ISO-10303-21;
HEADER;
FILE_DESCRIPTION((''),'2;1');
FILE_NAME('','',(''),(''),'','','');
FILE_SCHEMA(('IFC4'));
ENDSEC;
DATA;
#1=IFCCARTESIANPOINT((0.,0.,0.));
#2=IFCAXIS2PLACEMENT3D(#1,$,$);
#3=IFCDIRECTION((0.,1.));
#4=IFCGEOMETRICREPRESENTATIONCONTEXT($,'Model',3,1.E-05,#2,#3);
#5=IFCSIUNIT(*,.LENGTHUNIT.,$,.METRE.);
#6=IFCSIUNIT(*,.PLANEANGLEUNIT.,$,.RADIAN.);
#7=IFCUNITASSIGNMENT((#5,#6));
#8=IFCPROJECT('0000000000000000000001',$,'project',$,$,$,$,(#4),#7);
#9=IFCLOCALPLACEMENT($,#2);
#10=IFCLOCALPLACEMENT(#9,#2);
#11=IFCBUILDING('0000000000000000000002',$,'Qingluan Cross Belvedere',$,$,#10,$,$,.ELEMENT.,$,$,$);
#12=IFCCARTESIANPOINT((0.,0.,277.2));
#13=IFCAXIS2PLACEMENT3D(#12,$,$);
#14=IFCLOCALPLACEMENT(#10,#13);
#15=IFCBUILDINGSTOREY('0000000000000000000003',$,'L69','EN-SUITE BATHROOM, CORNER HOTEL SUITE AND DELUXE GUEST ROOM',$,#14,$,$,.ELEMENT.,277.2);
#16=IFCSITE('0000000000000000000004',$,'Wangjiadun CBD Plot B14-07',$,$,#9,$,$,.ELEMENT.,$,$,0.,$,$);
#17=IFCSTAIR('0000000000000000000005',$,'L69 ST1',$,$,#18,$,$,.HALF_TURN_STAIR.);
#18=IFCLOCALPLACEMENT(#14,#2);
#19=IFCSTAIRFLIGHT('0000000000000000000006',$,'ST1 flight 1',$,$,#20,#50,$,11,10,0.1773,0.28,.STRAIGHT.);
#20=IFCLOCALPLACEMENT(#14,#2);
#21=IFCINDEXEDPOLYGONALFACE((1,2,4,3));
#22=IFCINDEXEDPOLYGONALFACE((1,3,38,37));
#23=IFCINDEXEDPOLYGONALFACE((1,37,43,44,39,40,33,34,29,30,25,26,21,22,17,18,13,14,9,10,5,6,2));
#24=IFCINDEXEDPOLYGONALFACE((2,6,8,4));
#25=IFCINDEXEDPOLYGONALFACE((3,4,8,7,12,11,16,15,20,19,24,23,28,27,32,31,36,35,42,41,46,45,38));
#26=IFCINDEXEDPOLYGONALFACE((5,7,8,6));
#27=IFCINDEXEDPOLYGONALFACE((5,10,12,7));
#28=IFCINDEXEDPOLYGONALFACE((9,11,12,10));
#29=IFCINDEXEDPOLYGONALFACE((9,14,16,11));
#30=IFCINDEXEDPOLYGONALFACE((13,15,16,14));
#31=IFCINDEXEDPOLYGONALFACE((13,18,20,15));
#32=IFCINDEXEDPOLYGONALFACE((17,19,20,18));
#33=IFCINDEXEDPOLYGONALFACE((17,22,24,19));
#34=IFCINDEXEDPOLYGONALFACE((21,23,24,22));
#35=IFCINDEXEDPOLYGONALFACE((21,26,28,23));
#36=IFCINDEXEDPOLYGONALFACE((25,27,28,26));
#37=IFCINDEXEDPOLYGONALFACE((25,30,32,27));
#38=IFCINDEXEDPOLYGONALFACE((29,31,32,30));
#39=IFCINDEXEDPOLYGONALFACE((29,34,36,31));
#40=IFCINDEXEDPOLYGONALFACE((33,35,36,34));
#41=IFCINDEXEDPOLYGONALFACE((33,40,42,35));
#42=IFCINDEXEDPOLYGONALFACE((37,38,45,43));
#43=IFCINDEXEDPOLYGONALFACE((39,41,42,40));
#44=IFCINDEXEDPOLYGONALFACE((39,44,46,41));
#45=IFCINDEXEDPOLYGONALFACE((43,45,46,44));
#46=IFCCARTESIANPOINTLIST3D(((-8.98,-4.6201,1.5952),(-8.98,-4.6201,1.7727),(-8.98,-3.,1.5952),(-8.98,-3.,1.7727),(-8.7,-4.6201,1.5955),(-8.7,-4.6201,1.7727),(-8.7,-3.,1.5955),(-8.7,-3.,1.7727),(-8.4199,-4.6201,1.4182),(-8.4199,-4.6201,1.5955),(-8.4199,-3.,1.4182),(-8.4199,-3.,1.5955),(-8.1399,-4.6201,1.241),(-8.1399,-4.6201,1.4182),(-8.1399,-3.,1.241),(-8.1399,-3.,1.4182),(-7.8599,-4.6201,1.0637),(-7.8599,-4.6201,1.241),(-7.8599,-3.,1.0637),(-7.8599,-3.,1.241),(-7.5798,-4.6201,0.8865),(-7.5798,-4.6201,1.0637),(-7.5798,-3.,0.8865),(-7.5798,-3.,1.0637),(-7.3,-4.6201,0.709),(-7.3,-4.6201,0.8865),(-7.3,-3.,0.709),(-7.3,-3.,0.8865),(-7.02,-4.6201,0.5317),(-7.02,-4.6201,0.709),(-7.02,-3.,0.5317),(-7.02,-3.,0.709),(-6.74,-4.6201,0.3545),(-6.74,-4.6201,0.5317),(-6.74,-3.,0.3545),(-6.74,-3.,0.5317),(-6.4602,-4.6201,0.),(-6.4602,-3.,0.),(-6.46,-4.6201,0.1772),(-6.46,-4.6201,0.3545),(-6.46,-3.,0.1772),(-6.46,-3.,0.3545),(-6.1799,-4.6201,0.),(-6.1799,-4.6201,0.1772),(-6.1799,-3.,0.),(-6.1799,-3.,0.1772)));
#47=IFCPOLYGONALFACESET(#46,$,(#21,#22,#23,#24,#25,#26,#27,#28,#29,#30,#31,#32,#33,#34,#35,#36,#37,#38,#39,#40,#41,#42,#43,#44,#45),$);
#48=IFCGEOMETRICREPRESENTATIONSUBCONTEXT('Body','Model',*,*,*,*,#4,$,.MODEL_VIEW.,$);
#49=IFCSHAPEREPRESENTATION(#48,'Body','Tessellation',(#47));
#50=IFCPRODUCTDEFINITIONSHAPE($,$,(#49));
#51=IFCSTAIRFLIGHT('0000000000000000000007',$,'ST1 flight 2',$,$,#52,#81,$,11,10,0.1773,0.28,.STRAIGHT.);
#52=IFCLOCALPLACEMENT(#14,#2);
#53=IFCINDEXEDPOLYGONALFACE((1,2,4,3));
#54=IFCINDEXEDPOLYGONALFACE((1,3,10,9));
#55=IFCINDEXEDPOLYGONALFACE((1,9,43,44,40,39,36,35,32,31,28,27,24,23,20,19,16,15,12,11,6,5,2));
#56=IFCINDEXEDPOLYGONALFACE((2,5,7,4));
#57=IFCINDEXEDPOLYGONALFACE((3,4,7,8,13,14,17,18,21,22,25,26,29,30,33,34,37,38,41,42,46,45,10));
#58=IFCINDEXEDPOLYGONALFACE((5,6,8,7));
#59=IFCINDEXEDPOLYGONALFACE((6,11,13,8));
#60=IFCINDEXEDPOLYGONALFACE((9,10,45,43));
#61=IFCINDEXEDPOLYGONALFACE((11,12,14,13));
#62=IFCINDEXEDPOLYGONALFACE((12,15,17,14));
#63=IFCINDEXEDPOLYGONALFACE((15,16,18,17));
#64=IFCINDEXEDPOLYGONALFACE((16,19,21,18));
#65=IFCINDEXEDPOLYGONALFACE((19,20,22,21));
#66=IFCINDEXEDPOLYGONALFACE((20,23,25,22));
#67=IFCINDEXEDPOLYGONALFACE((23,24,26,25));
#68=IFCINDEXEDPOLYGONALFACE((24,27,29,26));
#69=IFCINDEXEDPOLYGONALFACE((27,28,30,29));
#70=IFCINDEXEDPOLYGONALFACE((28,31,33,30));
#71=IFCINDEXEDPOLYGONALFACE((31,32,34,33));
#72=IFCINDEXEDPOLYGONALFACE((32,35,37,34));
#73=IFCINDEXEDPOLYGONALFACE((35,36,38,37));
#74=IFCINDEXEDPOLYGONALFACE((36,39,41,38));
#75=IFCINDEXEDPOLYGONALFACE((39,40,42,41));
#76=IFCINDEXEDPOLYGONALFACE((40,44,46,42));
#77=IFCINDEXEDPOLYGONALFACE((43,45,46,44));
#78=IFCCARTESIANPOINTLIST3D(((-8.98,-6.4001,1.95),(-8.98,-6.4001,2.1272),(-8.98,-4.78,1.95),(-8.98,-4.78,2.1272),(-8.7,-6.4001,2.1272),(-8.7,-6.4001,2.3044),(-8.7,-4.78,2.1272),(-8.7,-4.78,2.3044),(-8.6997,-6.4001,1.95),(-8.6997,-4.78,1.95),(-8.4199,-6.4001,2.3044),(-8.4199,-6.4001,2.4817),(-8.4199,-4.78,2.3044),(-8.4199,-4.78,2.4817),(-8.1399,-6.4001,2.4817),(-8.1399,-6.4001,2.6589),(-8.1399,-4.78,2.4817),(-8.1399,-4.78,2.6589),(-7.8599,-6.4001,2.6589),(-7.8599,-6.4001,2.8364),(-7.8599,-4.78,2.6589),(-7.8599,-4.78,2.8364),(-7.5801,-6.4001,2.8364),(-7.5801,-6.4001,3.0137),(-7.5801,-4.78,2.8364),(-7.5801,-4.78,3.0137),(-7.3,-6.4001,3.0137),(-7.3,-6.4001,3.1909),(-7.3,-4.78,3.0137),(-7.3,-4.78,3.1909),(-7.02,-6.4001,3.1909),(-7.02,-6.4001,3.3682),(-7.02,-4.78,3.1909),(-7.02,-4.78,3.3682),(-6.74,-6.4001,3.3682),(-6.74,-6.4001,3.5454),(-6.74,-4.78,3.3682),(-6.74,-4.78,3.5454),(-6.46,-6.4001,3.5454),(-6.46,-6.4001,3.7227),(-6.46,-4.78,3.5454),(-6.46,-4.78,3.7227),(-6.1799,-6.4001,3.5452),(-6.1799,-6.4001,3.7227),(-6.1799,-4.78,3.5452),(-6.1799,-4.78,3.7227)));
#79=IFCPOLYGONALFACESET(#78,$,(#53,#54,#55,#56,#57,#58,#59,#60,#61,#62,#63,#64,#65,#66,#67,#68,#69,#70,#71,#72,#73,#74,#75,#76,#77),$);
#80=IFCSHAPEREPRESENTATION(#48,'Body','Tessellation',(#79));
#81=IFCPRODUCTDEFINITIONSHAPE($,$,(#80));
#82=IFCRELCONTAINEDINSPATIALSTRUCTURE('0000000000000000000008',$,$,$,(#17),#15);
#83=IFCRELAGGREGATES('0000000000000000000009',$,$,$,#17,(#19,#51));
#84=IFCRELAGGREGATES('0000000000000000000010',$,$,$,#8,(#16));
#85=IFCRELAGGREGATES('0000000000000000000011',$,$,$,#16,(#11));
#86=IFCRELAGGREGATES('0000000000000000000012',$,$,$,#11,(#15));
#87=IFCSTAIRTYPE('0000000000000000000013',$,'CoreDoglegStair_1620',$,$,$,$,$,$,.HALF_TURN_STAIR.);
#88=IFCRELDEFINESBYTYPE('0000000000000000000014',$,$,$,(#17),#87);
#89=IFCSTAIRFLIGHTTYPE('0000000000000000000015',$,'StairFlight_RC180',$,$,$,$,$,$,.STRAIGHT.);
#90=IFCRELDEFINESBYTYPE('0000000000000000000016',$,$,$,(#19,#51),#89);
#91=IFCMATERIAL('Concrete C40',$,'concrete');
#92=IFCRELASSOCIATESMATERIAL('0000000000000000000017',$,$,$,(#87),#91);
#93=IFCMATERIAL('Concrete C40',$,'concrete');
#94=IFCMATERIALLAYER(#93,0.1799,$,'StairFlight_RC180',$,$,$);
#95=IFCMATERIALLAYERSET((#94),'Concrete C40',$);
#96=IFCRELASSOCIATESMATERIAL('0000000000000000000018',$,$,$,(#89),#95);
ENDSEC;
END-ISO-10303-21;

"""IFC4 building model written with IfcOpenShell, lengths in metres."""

from ifc_helpers import new_model, si_unit, direction, frame, origin, place, context, subcontext, project, spatial, polyline, outline, extrude, material, layer, layer_set, type_object, element, aggregate, save


model = new_model("IFC4")

# Units and contexts
model_context = context("Model", 3, precision=1e-05, world=origin(), true_north=direction((0.0, 1.0)))
body_context = subcontext(model_context, "Body", "Model", "MODEL_VIEW")
ifc_project = project(units=[si_unit("LENGTHUNIT", "METRE"), si_unit("PLANEANGLEUNIT", "RADIAN")], contexts=[model_context])

# Site, building, storey
site_placement = place(None, origin())
site = spatial("IfcSite", under=ifc_project, at=site_placement, Name="Wangjiadun CBD Plot B14-07", CompositionType="ELEMENT", RefElevation=0.0)
building_placement = place(site_placement, origin())
building = spatial("IfcBuilding", under=site, at=building_placement, Name="Qingluan Cross Belvedere", CompositionType="ELEMENT")
storey_placement = place(building_placement, frame((0.0, 0.0, 277.2)))
storey = spatial("IfcBuildingStorey", under=building, at=storey_placement, Name="L69", Description="EN-SUITE BATHROOM, CORNER HOTEL SUITE AND DELUXE GUEST ROOM", CompositionType="ELEMENT", Elevation=277.2)

# Stair, stair flights
ifc_material_1 = material(Name="Concrete C40", Category="concrete")
stair_type = type_object("IfcStairType", Name="CoreDoglegStair_1620", PredefinedType="HALF_TURN_STAIR", material=ifc_material_1)
stair_placement = place(storey_placement, origin())
stair = element("IfcStair", 1, at=stair_placement, inside=storey, type_object=stair_type, Name="L69 ST1", PredefinedType="HALF_TURN_STAIR")
ifc_material_2 = material(Name="Concrete C40", Category="concrete")
ifc_layer_1 = layer(ifc_material_2, 0.1799, Name="StairFlight_RC180")
ifc_layer_set_1 = layer_set([ifc_layer_1], Name="Concrete C40")
stair_flight_type = type_object("IfcStairFlightType", Name="StairFlight_RC180", PredefinedType="STRAIGHT", material=ifc_layer_set_1)
stair_flight_1_placement = place(storey_placement, frame((-6.1799, -3.8101, 0.0), z_axis=(0.0, 0.0, 1.0), x_axis=(-1.0, 0.0, 0.0)))
stair_flight_1 = element("IfcStairFlight", 2, at=stair_flight_1_placement, type_object=stair_flight_type, Name="ST1 flight 1", NumberOfRisers=11, NumberOfTreads=10, PredefinedType="STRAIGHT", RiserHeight=0.1773, TreadLength=0.28, context=body_context, shape_type="SweptSolid", body=[
    extrude(outline(polyline([(0.0, 0.0), (0.0, 0.1772), (0.28, 0.1772), (0.28, 0.3545), (0.5601, 0.3545), (0.5601, 0.5317), (0.8401, 0.5317), (0.8401, 0.709), (1.1201, 0.709), (1.1201, 0.8865), (1.3999, 0.8865), (1.3999, 1.0637), (1.6799, 1.0637), (1.6799, 1.241), (1.96, 1.241), (1.96, 1.4182), (2.24, 1.4182), (2.24, 1.5955), (2.52, 1.5955), (2.52, 1.7727), (2.8, 1.7727), (2.8, 1.95), (2.8, 1.5952), (0.2803, 0.0), (0.0, 0.0)])), frame((0.0, 0.8101, 0.0), z_axis=(0.0, -1.0, 0.0), x_axis=(1.0, 0.0, 0.0)), (0.0, 0.0, 1.0), 1.6201),
])
stair_flight_2_placement = place(storey_placement, frame((-8.98, -5.5901, 1.95), z_axis=(0.0, 0.0, 1.0), x_axis=(1.0, 0.0, 0.0)))
stair_flight_2 = element("IfcStairFlight", 3, at=stair_flight_2_placement, type_object=stair_flight_type, Name="ST1 flight 2", NumberOfRisers=11, NumberOfTreads=10, PredefinedType="STRAIGHT", RiserHeight=0.1773, TreadLength=0.28, context=body_context, shape_type="SweptSolid", body=[
    extrude(outline(polyline([(0.0, 0.0), (0.0, 0.1772), (0.28, 0.1772), (0.28, 0.3545), (0.5601, 0.3545), (0.5601, 0.5317), (0.8401, 0.5317), (0.8401, 0.709), (1.1201, 0.709), (1.1201, 0.8865), (1.3999, 0.8865), (1.3999, 1.0637), (1.6799, 1.0637), (1.6799, 1.241), (1.96, 1.241), (1.96, 1.4182), (2.24, 1.4182), (2.24, 1.5955), (2.52, 1.5955), (2.52, 1.7727), (2.8, 1.7727), (2.8, 1.95), (2.8, 1.5952), (0.2803, 0.0), (0.0, 0.0)])), frame((0.0, 0.8101, 0.0), z_axis=(0.0, -1.0, 0.0), x_axis=(1.0, 0.0, 0.0)), (0.0, 0.0, 1.0), 1.6201),
])
aggregate(stair, [stair_flight_1, stair_flight_2])

save(model, "model.ifc")
